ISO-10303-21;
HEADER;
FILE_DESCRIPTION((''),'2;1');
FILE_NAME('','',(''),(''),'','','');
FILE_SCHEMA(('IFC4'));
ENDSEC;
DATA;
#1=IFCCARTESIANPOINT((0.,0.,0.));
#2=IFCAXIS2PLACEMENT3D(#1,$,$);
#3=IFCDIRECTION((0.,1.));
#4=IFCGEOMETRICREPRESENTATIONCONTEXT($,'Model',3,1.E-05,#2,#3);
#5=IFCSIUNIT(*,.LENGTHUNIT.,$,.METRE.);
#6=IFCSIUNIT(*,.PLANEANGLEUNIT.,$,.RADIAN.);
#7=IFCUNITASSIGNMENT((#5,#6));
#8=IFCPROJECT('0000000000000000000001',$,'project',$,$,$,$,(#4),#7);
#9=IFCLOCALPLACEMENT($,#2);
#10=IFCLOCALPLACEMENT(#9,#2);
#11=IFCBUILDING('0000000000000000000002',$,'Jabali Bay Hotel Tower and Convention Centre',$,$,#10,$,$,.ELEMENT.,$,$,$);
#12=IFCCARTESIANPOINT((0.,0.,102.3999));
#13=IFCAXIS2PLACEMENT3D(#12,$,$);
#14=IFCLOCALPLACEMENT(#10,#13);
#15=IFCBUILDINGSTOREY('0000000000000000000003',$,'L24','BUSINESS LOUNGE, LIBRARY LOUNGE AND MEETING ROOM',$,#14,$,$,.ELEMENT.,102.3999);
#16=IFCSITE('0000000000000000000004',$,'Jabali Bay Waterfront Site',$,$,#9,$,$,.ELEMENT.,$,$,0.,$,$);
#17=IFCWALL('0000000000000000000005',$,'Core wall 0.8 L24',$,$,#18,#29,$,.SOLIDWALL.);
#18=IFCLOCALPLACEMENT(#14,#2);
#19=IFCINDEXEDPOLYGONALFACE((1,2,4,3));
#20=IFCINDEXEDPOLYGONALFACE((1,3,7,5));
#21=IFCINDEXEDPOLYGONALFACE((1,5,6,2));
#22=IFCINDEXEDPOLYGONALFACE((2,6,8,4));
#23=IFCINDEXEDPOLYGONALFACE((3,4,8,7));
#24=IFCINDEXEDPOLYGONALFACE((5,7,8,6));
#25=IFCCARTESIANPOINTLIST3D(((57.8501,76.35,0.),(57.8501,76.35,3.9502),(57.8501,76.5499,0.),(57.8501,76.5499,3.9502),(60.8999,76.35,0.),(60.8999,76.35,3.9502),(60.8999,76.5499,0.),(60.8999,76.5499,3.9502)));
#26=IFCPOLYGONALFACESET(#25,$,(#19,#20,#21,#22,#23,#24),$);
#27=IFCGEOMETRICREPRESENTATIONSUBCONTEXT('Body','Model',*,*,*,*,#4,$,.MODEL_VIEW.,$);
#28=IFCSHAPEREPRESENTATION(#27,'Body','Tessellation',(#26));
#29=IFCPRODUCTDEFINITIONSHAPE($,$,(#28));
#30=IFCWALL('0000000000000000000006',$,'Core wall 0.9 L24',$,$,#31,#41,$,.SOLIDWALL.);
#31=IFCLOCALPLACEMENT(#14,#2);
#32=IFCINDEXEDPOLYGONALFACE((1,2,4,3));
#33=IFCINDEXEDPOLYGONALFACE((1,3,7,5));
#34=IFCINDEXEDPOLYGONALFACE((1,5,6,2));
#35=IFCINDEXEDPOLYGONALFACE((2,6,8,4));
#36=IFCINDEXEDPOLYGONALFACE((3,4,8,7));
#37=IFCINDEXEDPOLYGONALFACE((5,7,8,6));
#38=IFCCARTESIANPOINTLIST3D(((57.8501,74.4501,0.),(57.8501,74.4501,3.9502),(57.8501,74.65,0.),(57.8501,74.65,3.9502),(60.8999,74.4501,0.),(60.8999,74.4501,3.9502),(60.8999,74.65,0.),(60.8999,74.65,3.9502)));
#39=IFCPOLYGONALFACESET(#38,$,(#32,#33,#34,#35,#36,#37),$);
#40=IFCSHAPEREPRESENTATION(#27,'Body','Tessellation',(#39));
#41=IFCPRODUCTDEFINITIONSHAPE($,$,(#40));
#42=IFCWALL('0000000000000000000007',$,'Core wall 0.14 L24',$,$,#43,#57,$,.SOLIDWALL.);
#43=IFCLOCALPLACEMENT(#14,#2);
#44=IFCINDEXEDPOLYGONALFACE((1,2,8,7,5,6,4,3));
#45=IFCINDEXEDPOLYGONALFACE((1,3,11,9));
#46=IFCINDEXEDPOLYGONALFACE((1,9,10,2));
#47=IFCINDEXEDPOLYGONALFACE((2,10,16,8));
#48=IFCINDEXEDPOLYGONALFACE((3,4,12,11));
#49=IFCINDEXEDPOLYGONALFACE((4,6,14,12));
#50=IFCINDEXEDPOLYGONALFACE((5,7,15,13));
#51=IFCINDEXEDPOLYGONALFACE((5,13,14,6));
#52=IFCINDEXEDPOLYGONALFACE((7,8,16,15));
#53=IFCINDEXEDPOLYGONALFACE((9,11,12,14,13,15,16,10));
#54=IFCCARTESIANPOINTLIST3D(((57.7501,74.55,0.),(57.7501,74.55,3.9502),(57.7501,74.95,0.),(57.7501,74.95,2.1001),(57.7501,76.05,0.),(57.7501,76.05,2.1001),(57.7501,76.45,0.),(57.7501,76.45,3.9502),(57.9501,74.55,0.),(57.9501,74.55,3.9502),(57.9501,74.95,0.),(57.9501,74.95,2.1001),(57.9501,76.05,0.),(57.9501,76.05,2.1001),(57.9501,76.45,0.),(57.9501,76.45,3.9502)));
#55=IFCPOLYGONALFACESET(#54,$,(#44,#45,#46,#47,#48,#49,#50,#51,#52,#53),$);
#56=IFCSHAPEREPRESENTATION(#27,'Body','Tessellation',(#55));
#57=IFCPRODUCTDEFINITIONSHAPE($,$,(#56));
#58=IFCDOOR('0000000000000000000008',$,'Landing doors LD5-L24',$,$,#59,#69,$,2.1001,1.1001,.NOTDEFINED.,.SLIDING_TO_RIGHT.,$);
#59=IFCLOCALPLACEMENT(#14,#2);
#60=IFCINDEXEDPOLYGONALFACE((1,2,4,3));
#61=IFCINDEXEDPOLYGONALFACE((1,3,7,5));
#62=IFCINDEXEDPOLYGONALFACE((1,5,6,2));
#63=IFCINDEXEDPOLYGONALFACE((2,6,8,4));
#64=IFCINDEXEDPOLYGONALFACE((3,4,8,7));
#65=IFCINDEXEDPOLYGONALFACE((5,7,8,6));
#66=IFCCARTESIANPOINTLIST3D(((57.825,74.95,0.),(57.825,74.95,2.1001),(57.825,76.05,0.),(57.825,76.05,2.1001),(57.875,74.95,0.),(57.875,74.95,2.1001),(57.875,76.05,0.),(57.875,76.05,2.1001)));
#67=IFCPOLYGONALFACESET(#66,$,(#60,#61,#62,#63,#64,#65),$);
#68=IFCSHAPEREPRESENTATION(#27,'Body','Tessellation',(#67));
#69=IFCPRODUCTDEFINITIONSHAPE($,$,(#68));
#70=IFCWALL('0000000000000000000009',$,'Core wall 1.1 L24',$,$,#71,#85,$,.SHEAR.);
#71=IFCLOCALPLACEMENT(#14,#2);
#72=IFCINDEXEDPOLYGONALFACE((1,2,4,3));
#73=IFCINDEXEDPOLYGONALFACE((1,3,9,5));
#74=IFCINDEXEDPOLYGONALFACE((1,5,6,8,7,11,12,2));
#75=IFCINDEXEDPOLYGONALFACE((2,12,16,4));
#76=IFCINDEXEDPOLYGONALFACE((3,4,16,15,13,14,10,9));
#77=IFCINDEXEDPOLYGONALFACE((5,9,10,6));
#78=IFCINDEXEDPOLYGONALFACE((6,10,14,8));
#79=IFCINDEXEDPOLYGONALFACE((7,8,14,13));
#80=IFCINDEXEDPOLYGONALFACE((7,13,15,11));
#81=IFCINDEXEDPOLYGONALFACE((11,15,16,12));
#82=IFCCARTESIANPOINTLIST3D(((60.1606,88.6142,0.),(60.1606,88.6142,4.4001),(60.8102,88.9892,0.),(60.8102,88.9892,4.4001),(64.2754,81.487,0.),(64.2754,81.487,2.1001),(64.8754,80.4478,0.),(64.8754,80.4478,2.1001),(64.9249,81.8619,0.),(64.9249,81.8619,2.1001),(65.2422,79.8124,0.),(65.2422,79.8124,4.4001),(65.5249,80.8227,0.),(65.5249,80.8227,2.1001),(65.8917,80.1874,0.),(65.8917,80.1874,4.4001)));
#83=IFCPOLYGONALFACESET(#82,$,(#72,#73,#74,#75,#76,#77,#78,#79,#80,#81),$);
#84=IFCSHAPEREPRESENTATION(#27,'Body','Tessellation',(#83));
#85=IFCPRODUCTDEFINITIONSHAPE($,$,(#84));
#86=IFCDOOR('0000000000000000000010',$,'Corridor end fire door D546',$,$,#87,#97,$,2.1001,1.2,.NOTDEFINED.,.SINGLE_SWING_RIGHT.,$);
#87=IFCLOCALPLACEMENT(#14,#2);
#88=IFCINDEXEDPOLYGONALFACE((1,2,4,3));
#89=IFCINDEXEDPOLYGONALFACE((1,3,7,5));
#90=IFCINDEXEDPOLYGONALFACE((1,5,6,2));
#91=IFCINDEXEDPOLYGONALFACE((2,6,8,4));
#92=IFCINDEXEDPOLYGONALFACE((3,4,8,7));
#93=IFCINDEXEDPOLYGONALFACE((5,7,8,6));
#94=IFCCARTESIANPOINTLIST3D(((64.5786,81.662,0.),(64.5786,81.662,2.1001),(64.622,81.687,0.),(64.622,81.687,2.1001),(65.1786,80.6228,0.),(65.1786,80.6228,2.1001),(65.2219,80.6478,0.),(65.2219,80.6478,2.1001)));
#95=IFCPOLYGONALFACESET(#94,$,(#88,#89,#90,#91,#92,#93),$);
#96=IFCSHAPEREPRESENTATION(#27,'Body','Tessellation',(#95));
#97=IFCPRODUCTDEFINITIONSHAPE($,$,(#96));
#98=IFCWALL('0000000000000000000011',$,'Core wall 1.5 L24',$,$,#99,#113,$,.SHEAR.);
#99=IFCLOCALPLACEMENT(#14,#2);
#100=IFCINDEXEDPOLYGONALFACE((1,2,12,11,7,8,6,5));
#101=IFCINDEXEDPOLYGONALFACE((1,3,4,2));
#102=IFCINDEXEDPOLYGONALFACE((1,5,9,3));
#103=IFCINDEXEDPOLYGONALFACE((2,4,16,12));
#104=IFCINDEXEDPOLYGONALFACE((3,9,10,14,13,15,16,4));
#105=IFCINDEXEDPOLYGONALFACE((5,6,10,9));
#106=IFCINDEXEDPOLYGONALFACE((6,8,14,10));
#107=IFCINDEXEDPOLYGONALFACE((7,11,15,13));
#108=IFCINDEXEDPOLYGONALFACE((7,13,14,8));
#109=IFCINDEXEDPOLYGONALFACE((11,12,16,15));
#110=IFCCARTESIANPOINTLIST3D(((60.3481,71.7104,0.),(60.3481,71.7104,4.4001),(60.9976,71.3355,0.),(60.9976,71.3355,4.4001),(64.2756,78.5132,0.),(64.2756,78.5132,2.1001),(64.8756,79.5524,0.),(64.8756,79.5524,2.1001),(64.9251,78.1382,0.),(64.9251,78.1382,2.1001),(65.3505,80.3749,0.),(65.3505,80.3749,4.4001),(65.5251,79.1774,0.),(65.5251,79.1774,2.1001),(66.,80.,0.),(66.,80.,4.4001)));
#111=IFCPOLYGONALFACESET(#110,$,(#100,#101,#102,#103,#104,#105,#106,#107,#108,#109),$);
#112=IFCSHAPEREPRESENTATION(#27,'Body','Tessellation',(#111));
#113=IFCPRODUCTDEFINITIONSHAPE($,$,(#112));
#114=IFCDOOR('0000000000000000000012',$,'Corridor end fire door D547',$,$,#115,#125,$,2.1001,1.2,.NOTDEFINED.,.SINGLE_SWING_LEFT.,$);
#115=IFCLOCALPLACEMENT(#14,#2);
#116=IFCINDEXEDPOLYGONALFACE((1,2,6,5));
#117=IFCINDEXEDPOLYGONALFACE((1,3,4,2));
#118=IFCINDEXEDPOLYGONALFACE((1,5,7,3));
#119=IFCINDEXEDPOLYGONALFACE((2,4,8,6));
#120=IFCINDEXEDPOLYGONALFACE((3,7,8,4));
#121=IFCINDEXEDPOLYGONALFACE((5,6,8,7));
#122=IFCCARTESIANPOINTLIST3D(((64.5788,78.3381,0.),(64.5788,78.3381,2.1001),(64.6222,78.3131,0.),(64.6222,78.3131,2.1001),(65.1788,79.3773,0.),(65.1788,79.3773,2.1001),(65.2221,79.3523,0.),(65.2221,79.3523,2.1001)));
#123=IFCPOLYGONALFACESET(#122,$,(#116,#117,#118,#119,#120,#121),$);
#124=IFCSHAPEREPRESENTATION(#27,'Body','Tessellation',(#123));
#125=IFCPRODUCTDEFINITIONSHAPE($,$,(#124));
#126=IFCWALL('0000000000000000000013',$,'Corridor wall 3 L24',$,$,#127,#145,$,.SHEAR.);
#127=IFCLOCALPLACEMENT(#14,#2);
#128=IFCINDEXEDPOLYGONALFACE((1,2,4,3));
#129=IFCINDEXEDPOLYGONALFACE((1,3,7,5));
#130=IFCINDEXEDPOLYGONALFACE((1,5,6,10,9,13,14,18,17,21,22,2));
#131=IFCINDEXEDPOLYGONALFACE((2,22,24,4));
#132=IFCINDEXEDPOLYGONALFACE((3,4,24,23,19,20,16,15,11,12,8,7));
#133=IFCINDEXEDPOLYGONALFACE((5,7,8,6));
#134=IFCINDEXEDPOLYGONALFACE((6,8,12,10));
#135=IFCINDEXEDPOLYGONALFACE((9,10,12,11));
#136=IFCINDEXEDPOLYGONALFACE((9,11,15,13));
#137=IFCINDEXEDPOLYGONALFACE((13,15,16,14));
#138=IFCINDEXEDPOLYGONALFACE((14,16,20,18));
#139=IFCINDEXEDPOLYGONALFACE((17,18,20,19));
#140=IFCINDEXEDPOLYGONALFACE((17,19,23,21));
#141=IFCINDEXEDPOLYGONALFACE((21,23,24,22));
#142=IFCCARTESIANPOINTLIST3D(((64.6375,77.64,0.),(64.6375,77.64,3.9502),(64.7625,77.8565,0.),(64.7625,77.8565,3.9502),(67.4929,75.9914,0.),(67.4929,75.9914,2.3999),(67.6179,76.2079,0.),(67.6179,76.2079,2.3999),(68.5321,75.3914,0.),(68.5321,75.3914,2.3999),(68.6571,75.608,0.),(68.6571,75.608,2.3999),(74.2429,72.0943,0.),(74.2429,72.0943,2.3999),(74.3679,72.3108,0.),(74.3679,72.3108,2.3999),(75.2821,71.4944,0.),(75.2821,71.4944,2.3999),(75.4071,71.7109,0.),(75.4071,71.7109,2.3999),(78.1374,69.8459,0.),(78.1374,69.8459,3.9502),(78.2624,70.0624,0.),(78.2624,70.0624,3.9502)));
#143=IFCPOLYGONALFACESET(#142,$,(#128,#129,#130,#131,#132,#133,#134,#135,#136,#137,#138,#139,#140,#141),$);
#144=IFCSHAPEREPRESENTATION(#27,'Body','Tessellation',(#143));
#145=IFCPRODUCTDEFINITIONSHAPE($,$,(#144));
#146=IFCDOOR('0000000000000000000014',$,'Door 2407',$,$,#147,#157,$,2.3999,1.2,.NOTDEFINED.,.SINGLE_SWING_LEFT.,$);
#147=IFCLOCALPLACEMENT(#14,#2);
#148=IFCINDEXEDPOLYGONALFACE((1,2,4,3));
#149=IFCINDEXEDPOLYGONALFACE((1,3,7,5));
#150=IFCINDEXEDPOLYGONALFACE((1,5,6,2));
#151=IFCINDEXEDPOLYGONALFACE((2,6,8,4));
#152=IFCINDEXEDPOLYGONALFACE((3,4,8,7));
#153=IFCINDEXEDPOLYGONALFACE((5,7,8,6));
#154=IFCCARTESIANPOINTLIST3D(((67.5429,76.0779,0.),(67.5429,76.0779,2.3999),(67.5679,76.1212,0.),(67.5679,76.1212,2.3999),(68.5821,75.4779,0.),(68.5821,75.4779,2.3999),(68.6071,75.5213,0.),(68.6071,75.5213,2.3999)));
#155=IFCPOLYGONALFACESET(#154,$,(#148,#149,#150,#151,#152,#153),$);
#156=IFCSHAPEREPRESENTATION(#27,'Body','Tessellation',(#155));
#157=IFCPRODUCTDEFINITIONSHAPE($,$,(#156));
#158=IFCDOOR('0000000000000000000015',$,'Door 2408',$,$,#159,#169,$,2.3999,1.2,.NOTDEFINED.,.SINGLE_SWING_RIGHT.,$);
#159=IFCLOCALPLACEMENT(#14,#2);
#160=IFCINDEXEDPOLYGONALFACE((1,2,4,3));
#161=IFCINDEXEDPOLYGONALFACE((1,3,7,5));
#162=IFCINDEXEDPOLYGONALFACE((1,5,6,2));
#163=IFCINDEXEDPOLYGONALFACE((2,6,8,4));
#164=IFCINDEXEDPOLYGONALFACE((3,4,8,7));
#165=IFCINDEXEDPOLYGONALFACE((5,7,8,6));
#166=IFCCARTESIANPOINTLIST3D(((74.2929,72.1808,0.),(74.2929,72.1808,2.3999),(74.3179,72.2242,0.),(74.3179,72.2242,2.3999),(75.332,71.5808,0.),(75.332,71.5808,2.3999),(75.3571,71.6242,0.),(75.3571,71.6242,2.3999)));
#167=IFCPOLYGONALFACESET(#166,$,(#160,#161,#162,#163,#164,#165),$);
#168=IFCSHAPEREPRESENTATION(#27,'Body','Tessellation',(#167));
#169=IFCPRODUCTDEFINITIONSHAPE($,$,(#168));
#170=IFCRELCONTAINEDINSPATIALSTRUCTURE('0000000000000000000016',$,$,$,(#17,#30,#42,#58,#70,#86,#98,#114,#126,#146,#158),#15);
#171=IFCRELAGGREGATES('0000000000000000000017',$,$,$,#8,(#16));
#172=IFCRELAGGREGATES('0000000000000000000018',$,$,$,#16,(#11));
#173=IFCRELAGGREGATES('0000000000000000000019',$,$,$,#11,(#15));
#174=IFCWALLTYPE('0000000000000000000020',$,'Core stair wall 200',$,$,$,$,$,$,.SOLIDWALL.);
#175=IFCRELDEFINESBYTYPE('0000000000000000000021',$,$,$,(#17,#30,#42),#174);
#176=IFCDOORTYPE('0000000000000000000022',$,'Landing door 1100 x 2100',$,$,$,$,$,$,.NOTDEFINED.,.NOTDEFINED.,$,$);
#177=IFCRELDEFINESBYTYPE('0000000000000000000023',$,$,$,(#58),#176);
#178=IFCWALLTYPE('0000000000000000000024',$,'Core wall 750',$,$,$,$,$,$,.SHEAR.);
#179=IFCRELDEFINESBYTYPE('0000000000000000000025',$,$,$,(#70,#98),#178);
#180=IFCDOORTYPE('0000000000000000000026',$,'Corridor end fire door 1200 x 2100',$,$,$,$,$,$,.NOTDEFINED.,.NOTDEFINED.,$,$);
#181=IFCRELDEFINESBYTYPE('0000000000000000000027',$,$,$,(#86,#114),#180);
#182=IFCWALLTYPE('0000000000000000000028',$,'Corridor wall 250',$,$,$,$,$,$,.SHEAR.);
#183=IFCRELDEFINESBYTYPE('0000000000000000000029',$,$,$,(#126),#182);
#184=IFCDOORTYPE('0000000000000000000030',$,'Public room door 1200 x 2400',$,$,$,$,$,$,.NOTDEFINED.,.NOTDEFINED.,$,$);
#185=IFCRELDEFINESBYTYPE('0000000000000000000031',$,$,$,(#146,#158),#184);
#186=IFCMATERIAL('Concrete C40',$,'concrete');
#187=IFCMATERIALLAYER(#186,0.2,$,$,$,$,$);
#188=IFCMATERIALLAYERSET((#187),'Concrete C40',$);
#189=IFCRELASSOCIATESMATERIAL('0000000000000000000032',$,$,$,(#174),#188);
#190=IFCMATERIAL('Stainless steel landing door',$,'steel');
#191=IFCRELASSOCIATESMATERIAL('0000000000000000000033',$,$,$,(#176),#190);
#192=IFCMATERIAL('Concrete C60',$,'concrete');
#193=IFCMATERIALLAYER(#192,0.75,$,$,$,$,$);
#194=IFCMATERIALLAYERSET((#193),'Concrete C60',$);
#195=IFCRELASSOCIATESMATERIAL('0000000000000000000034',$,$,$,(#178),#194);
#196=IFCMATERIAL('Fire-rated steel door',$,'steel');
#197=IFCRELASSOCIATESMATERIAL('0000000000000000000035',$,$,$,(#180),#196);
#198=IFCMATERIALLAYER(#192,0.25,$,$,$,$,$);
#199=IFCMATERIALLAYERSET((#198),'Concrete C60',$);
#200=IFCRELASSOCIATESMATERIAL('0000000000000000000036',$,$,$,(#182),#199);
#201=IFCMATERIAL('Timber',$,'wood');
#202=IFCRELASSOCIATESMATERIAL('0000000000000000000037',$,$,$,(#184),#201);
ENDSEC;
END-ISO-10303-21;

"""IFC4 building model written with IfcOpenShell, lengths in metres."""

from ifc_helpers import new_model, si_unit, direction, frame, frame_2d, origin, place, context, subcontext, project, spatial, rectangle, extrude, material, layer, layer_set, type_object, element, fill, save


model = new_model("IFC4")

# Units and contexts
model_context = context("Model", 3, precision=1e-05, world=origin(), true_north=direction((0.0, 1.0)))
body_context = subcontext(model_context, "Body", "Model", "MODEL_VIEW")
ifc_project = project(units=[si_unit("LENGTHUNIT", "METRE"), si_unit("PLANEANGLEUNIT", "RADIAN")], contexts=[model_context])

# Site, building, storey
site_placement = place(None, origin())
site = spatial("IfcSite", under=ifc_project, at=site_placement, Name="Jabali Bay Waterfront Site", CompositionType="ELEMENT", RefElevation=0.0)
building_placement = place(site_placement, origin())
building = spatial("IfcBuilding", under=site, at=building_placement, Name="Jabali Bay Hotel Tower and Convention Centre", CompositionType="ELEMENT")
storey_placement = place(building_placement, frame((0.0, 0.0, 102.3999)))
storey = spatial("IfcBuildingStorey", under=building, at=storey_placement, Name="L24", Description="BUSINESS LOUNGE, LIBRARY LOUNGE AND MEETING ROOM", CompositionType="ELEMENT", Elevation=102.3999)

# Shared definitions
ifc_material_1 = material(Name="Concrete C40", Category="concrete")
ifc_material_2 = material(Name="Fire-rated steel door", Category="steel")

# Shared definitions
ifc_layer_1 = layer(ifc_material_1, 0.2)
ifc_layer_set_1 = layer_set([ifc_layer_1], Name="Concrete C40")
wall_type_1 = type_object("IfcWallType", Name="Core stair wall 200", PredefinedType="SOLIDWALL", material=ifc_layer_set_1)

# Walls
for number, where, z_axis, x_axis, name in (
    (1, (60.8999, 76.45, 0.0), (0.0, 0.0, 1.0), (-1.0, 0.0, 0.0), "Core wall 0.8 L24"),
    (2, (60.8999, 74.55, 0.0), (0.0, 0.0, 1.0), (-1.0, 0.0, 0.0), "Core wall 0.9 L24"),
):
    element("IfcWall", number, at=place(storey_placement, frame(where, z_axis=z_axis, x_axis=x_axis)), inside=storey, type_object=wall_type_1, Name=name, PredefinedType="SOLIDWALL", context=body_context, shape_type="SweptSolid", body=[
        extrude(rectangle(XDim=3.0498, YDim=0.2, at=frame_2d((1.5249, 0.0))), origin(), (0.0, 0.0, 1.0), 3.9502),
    ])

# Walls, openings, doors
wall_1_placement = place(storey_placement, frame((57.8501, 76.45, 0.0), z_axis=(0.0, 0.0, 1.0), x_axis=(0.0, -1.0, 0.0)))
wall_1 = element("IfcWall", 3, at=wall_1_placement, inside=storey, type_object=wall_type_1, Name="Core wall 0.14 L24", PredefinedType="SOLIDWALL", context=body_context, shape_type="SweptSolid", body=[
    extrude(rectangle(XDim=1.8999, YDim=0.2, at=frame_2d((0.95, 0.0))), origin(), (0.0, 0.0, 1.0), 3.9502),
])
opening_1_placement = place(wall_1_placement, frame((0.3999, 0.0, 0.0)))
opening_1 = element("IfcOpeningElement", 4, at=opening_1_placement, cuts=wall_1, PredefinedType="OPENING", context=body_context, shape_type="SweptSolid", body=[
    extrude(rectangle(XDim=1.1001, YDim=2.1001, at=frame_2d((0.55, 1.05))), frame((0.0, 0.1104, 0.0), z_axis=(0.0, -1.0, 0.0), x_axis=(1.0, 0.0, 0.0)), (0.0, 0.0, 1.0), 0.2209),
])
ifc_material_3 = material(Name="Stainless steel landing door", Category="steel")
door_type_1 = type_object("IfcDoorType", Name="Landing door 1100 x 2100", OperationType="NOTDEFINED", PredefinedType="NOTDEFINED", material=ifc_material_3)
door_1_placement = place(opening_1_placement, origin())
door_1 = element("IfcDoor", 5, at=door_1_placement, inside=storey, type_object=door_type_1, Name="Landing doors LD5-L24", OperationType="SLIDING_TO_RIGHT", OverallHeight=2.1001, OverallWidth=1.1001, PredefinedType="NOTDEFINED", context=body_context, shape_type="SweptSolid", body=[
    extrude(rectangle(XDim=1.1001, YDim=2.1001, at=frame_2d((0.55, 1.05))), frame((0.0, 0.0249, 0.0), z_axis=(0.0, -1.0, 0.0), x_axis=(1.0, 0.0, 0.0)), (0.0, 0.0, 1.0), 0.05),
])
fill(opening_1, door_1)
ifc_material_4 = material(Name="Concrete C60", Category="concrete")
ifc_layer_2 = layer(ifc_material_4, 0.75)
ifc_layer_set_2 = layer_set([ifc_layer_2], Name="Concrete C60")
wall_type_2 = type_object("IfcWallType", Name="Core wall 750", PredefinedType="SHEAR", material=ifc_layer_set_2)
wall_2_placement = place(storey_placement, frame((65.5669, 80.0, 0.0), z_axis=(0.0, 0.0, 1.0), x_axis=(-0.499989, 0.866032, 0.0)))
wall_2 = element("IfcWall", 6, at=wall_2_placement, inside=storey, type_object=wall_type_2, Name="Core wall 1.1 L24", PredefinedType="SHEAR", context=body_context, shape_type="SweptSolid", body=[
    extrude(rectangle(XDim=10.1633, YDim=0.75, at=frame_2d((5.0815, 0.0))), origin(), (0.0, 0.0, 1.0), 4.4001),
])
opening_2_placement = place(wall_2_placement, frame((0.7334, 0.0, 0.0)))
opening_2 = element("IfcOpeningElement", 7, at=opening_2_placement, cuts=wall_2, PredefinedType="OPENING", context=body_context, shape_type="SweptSolid", body=[
    extrude(rectangle(XDim=1.2, YDim=2.1001, at=frame_2d((0.6001, 1.05))), frame((0.0, 0.3855, 0.0), z_axis=(0.0, -1.0, 0.0), x_axis=(1.0, 0.0, 0.0)), (0.0, 0.0, 1.0), 0.771),
])
door_type_2 = type_object("IfcDoorType", Name="Corridor end fire door 1200 x 2100", OperationType="NOTDEFINED", PredefinedType="NOTDEFINED", material=ifc_material_2)
door_2_placement = place(opening_2_placement, origin())
door_2 = element("IfcDoor", 8, at=door_2_placement, inside=storey, type_object=door_type_2, Name="Corridor end fire door D546", OperationType="SINGLE_SWING_RIGHT", OverallHeight=2.1001, OverallWidth=1.2, PredefinedType="NOTDEFINED", context=body_context, shape_type="SweptSolid", body=[
    extrude(rectangle(XDim=1.2, YDim=2.1001, at=frame_2d((0.6001, 1.05))), frame((0.0, 0.0249, 0.0), z_axis=(0.0, -1.0, 0.0), x_axis=(1.0, 0.0, 0.0)), (0.0, 0.0, 1.0), 0.05),
])
fill(opening_2, door_2)
wall_3_placement = place(storey_placement, frame((60.6729, 71.5229, 0.0), z_axis=(0.0, 0.0, 1.0), x_axis=(0.499997, 0.866027, 0.0)))
wall_3 = element("IfcWall", 9, at=wall_3_placement, inside=storey, type_object=wall_type_2, Name="Core wall 1.5 L24", PredefinedType="SHEAR", context=body_context, shape_type="SweptSolid", body=[
    extrude(rectangle(XDim=10.0049, YDim=0.75, at=frame_2d((5.0024, 0.0))), origin(), (0.0, 0.0, 1.0), 4.4001),
])
opening_3_placement = place(wall_3_placement, frame((7.855, 0.0, 0.0)))
opening_3 = element("IfcOpeningElement", 10, at=opening_3_placement, cuts=wall_3, PredefinedType="OPENING", context=body_context, shape_type="SweptSolid", body=[
    extrude(rectangle(XDim=1.2, YDim=2.1001, at=frame_2d((0.6001, 1.05))), frame((0.0, 0.3855, 0.0), z_axis=(0.0, -1.0, 0.0), x_axis=(1.0, 0.0, 0.0)), (0.0, 0.0, 1.0), 0.771),
])
door_3_placement = place(opening_3_placement, origin())
door_3 = element("IfcDoor", 11, at=door_3_placement, inside=storey, type_object=door_type_2, Name="Corridor end fire door D547", OperationType="SINGLE_SWING_LEFT", OverallHeight=2.1001, OverallWidth=1.2, PredefinedType="NOTDEFINED", context=body_context, shape_type="SweptSolid", body=[
    extrude(rectangle(XDim=1.2, YDim=2.1001, at=frame_2d((0.6001, 1.05))), frame((0.0, 0.0249, 0.0), z_axis=(0.0, -1.0, 0.0), x_axis=(1.0, 0.0, 0.0)), (0.0, 0.0, 1.0), 0.05),
])
fill(opening_3, door_3)

# Wall, openings, doors
ifc_layer_3 = layer(ifc_material_4, 0.25)
ifc_layer_set_3 = layer_set([ifc_layer_3], Name="Concrete C60")
wall_type_3 = type_object("IfcWallType", Name="Corridor wall 250", PredefinedType="SHEAR", material=ifc_layer_set_3)
wall_4_placement = place(storey_placement, frame((64.7, 77.7483, 0.0), z_axis=(0.0, 0.0, 1.0), x_axis=(0.866026, -0.499998, 0.0)))
wall_4 = element("IfcWall", 12, at=wall_4_placement, inside=storey, type_object=wall_type_3, Name="Corridor wall 3 L24", PredefinedType="SHEAR", context=body_context, shape_type="SweptSolid", body=[
    extrude(rectangle(XDim=15.5884, YDim=0.25, at=frame_2d((7.7942, 0.0))), origin(), (0.0, 0.0, 1.0), 3.9502),
])
opening_4_placement = place(wall_4_placement, frame((3.2971, 0.0, 0.0)))
opening_4 = element("IfcOpeningElement", 13, at=opening_4_placement, cuts=wall_4, PredefinedType="OPENING", context=body_context, shape_type="SweptSolid", body=[
    extrude(rectangle(XDim=1.2, YDim=2.3999, at=frame_2d((0.6001, 1.2))), frame((0.0, 0.1355, 0.0), z_axis=(0.0, -1.0, 0.0), x_axis=(1.0, 0.0, 0.0)), (0.0, 0.0, 1.0), 0.271),
])
opening_5_placement = place(wall_4_placement, frame((11.0913, 0.0, 0.0)))
opening_5 = element("IfcOpeningElement", 14, at=opening_5_placement, cuts=wall_4, PredefinedType="OPENING", context=body_context, shape_type="SweptSolid", body=[
    extrude(rectangle(XDim=1.2, YDim=2.3999, at=frame_2d((0.6001, 1.2))), frame((0.0, 0.1355, 0.0), z_axis=(0.0, -1.0, 0.0), x_axis=(1.0, 0.0, 0.0)), (0.0, 0.0, 1.0), 0.271),
])
ifc_material_5 = material(Name="Timber", Category="wood")
door_type_3 = type_object("IfcDoorType", Name="Public room door 1200 x 2400", OperationType="NOTDEFINED", PredefinedType="NOTDEFINED", material=ifc_material_5)
door_4_placement = place(opening_4_placement, origin())
door_4 = element("IfcDoor", 15, at=door_4_placement, inside=storey, type_object=door_type_3, Name="Door 2407", OperationType="SINGLE_SWING_LEFT", OverallHeight=2.3999, OverallWidth=1.2, PredefinedType="NOTDEFINED", context=body_context, shape_type="SweptSolid", body=[
    extrude(rectangle(XDim=1.2, YDim=2.3999, at=frame_2d((0.6001, 1.2))), frame((0.0, 0.0249, 0.0), z_axis=(0.0, -1.0, 0.0), x_axis=(1.0, 0.0, 0.0)), (0.0, 0.0, 1.0), 0.05),
])
fill(opening_4, door_4)
door_5_placement = place(opening_5_placement, origin())
door_5 = element("IfcDoor", 16, at=door_5_placement, inside=storey, type_object=door_type_3, Name="Door 2408", OperationType="SINGLE_SWING_RIGHT", OverallHeight=2.3999, OverallWidth=1.2, PredefinedType="NOTDEFINED", context=body_context, shape_type="SweptSolid", body=[
    extrude(rectangle(XDim=1.2, YDim=2.3999, at=frame_2d((0.6001, 1.2))), frame((0.0, 0.0249, 0.0), z_axis=(0.0, -1.0, 0.0), x_axis=(1.0, 0.0, 0.0)), (0.0, 0.0, 1.0), 0.05),
])
fill(opening_5, door_5)

save(model, "model.ifc")
